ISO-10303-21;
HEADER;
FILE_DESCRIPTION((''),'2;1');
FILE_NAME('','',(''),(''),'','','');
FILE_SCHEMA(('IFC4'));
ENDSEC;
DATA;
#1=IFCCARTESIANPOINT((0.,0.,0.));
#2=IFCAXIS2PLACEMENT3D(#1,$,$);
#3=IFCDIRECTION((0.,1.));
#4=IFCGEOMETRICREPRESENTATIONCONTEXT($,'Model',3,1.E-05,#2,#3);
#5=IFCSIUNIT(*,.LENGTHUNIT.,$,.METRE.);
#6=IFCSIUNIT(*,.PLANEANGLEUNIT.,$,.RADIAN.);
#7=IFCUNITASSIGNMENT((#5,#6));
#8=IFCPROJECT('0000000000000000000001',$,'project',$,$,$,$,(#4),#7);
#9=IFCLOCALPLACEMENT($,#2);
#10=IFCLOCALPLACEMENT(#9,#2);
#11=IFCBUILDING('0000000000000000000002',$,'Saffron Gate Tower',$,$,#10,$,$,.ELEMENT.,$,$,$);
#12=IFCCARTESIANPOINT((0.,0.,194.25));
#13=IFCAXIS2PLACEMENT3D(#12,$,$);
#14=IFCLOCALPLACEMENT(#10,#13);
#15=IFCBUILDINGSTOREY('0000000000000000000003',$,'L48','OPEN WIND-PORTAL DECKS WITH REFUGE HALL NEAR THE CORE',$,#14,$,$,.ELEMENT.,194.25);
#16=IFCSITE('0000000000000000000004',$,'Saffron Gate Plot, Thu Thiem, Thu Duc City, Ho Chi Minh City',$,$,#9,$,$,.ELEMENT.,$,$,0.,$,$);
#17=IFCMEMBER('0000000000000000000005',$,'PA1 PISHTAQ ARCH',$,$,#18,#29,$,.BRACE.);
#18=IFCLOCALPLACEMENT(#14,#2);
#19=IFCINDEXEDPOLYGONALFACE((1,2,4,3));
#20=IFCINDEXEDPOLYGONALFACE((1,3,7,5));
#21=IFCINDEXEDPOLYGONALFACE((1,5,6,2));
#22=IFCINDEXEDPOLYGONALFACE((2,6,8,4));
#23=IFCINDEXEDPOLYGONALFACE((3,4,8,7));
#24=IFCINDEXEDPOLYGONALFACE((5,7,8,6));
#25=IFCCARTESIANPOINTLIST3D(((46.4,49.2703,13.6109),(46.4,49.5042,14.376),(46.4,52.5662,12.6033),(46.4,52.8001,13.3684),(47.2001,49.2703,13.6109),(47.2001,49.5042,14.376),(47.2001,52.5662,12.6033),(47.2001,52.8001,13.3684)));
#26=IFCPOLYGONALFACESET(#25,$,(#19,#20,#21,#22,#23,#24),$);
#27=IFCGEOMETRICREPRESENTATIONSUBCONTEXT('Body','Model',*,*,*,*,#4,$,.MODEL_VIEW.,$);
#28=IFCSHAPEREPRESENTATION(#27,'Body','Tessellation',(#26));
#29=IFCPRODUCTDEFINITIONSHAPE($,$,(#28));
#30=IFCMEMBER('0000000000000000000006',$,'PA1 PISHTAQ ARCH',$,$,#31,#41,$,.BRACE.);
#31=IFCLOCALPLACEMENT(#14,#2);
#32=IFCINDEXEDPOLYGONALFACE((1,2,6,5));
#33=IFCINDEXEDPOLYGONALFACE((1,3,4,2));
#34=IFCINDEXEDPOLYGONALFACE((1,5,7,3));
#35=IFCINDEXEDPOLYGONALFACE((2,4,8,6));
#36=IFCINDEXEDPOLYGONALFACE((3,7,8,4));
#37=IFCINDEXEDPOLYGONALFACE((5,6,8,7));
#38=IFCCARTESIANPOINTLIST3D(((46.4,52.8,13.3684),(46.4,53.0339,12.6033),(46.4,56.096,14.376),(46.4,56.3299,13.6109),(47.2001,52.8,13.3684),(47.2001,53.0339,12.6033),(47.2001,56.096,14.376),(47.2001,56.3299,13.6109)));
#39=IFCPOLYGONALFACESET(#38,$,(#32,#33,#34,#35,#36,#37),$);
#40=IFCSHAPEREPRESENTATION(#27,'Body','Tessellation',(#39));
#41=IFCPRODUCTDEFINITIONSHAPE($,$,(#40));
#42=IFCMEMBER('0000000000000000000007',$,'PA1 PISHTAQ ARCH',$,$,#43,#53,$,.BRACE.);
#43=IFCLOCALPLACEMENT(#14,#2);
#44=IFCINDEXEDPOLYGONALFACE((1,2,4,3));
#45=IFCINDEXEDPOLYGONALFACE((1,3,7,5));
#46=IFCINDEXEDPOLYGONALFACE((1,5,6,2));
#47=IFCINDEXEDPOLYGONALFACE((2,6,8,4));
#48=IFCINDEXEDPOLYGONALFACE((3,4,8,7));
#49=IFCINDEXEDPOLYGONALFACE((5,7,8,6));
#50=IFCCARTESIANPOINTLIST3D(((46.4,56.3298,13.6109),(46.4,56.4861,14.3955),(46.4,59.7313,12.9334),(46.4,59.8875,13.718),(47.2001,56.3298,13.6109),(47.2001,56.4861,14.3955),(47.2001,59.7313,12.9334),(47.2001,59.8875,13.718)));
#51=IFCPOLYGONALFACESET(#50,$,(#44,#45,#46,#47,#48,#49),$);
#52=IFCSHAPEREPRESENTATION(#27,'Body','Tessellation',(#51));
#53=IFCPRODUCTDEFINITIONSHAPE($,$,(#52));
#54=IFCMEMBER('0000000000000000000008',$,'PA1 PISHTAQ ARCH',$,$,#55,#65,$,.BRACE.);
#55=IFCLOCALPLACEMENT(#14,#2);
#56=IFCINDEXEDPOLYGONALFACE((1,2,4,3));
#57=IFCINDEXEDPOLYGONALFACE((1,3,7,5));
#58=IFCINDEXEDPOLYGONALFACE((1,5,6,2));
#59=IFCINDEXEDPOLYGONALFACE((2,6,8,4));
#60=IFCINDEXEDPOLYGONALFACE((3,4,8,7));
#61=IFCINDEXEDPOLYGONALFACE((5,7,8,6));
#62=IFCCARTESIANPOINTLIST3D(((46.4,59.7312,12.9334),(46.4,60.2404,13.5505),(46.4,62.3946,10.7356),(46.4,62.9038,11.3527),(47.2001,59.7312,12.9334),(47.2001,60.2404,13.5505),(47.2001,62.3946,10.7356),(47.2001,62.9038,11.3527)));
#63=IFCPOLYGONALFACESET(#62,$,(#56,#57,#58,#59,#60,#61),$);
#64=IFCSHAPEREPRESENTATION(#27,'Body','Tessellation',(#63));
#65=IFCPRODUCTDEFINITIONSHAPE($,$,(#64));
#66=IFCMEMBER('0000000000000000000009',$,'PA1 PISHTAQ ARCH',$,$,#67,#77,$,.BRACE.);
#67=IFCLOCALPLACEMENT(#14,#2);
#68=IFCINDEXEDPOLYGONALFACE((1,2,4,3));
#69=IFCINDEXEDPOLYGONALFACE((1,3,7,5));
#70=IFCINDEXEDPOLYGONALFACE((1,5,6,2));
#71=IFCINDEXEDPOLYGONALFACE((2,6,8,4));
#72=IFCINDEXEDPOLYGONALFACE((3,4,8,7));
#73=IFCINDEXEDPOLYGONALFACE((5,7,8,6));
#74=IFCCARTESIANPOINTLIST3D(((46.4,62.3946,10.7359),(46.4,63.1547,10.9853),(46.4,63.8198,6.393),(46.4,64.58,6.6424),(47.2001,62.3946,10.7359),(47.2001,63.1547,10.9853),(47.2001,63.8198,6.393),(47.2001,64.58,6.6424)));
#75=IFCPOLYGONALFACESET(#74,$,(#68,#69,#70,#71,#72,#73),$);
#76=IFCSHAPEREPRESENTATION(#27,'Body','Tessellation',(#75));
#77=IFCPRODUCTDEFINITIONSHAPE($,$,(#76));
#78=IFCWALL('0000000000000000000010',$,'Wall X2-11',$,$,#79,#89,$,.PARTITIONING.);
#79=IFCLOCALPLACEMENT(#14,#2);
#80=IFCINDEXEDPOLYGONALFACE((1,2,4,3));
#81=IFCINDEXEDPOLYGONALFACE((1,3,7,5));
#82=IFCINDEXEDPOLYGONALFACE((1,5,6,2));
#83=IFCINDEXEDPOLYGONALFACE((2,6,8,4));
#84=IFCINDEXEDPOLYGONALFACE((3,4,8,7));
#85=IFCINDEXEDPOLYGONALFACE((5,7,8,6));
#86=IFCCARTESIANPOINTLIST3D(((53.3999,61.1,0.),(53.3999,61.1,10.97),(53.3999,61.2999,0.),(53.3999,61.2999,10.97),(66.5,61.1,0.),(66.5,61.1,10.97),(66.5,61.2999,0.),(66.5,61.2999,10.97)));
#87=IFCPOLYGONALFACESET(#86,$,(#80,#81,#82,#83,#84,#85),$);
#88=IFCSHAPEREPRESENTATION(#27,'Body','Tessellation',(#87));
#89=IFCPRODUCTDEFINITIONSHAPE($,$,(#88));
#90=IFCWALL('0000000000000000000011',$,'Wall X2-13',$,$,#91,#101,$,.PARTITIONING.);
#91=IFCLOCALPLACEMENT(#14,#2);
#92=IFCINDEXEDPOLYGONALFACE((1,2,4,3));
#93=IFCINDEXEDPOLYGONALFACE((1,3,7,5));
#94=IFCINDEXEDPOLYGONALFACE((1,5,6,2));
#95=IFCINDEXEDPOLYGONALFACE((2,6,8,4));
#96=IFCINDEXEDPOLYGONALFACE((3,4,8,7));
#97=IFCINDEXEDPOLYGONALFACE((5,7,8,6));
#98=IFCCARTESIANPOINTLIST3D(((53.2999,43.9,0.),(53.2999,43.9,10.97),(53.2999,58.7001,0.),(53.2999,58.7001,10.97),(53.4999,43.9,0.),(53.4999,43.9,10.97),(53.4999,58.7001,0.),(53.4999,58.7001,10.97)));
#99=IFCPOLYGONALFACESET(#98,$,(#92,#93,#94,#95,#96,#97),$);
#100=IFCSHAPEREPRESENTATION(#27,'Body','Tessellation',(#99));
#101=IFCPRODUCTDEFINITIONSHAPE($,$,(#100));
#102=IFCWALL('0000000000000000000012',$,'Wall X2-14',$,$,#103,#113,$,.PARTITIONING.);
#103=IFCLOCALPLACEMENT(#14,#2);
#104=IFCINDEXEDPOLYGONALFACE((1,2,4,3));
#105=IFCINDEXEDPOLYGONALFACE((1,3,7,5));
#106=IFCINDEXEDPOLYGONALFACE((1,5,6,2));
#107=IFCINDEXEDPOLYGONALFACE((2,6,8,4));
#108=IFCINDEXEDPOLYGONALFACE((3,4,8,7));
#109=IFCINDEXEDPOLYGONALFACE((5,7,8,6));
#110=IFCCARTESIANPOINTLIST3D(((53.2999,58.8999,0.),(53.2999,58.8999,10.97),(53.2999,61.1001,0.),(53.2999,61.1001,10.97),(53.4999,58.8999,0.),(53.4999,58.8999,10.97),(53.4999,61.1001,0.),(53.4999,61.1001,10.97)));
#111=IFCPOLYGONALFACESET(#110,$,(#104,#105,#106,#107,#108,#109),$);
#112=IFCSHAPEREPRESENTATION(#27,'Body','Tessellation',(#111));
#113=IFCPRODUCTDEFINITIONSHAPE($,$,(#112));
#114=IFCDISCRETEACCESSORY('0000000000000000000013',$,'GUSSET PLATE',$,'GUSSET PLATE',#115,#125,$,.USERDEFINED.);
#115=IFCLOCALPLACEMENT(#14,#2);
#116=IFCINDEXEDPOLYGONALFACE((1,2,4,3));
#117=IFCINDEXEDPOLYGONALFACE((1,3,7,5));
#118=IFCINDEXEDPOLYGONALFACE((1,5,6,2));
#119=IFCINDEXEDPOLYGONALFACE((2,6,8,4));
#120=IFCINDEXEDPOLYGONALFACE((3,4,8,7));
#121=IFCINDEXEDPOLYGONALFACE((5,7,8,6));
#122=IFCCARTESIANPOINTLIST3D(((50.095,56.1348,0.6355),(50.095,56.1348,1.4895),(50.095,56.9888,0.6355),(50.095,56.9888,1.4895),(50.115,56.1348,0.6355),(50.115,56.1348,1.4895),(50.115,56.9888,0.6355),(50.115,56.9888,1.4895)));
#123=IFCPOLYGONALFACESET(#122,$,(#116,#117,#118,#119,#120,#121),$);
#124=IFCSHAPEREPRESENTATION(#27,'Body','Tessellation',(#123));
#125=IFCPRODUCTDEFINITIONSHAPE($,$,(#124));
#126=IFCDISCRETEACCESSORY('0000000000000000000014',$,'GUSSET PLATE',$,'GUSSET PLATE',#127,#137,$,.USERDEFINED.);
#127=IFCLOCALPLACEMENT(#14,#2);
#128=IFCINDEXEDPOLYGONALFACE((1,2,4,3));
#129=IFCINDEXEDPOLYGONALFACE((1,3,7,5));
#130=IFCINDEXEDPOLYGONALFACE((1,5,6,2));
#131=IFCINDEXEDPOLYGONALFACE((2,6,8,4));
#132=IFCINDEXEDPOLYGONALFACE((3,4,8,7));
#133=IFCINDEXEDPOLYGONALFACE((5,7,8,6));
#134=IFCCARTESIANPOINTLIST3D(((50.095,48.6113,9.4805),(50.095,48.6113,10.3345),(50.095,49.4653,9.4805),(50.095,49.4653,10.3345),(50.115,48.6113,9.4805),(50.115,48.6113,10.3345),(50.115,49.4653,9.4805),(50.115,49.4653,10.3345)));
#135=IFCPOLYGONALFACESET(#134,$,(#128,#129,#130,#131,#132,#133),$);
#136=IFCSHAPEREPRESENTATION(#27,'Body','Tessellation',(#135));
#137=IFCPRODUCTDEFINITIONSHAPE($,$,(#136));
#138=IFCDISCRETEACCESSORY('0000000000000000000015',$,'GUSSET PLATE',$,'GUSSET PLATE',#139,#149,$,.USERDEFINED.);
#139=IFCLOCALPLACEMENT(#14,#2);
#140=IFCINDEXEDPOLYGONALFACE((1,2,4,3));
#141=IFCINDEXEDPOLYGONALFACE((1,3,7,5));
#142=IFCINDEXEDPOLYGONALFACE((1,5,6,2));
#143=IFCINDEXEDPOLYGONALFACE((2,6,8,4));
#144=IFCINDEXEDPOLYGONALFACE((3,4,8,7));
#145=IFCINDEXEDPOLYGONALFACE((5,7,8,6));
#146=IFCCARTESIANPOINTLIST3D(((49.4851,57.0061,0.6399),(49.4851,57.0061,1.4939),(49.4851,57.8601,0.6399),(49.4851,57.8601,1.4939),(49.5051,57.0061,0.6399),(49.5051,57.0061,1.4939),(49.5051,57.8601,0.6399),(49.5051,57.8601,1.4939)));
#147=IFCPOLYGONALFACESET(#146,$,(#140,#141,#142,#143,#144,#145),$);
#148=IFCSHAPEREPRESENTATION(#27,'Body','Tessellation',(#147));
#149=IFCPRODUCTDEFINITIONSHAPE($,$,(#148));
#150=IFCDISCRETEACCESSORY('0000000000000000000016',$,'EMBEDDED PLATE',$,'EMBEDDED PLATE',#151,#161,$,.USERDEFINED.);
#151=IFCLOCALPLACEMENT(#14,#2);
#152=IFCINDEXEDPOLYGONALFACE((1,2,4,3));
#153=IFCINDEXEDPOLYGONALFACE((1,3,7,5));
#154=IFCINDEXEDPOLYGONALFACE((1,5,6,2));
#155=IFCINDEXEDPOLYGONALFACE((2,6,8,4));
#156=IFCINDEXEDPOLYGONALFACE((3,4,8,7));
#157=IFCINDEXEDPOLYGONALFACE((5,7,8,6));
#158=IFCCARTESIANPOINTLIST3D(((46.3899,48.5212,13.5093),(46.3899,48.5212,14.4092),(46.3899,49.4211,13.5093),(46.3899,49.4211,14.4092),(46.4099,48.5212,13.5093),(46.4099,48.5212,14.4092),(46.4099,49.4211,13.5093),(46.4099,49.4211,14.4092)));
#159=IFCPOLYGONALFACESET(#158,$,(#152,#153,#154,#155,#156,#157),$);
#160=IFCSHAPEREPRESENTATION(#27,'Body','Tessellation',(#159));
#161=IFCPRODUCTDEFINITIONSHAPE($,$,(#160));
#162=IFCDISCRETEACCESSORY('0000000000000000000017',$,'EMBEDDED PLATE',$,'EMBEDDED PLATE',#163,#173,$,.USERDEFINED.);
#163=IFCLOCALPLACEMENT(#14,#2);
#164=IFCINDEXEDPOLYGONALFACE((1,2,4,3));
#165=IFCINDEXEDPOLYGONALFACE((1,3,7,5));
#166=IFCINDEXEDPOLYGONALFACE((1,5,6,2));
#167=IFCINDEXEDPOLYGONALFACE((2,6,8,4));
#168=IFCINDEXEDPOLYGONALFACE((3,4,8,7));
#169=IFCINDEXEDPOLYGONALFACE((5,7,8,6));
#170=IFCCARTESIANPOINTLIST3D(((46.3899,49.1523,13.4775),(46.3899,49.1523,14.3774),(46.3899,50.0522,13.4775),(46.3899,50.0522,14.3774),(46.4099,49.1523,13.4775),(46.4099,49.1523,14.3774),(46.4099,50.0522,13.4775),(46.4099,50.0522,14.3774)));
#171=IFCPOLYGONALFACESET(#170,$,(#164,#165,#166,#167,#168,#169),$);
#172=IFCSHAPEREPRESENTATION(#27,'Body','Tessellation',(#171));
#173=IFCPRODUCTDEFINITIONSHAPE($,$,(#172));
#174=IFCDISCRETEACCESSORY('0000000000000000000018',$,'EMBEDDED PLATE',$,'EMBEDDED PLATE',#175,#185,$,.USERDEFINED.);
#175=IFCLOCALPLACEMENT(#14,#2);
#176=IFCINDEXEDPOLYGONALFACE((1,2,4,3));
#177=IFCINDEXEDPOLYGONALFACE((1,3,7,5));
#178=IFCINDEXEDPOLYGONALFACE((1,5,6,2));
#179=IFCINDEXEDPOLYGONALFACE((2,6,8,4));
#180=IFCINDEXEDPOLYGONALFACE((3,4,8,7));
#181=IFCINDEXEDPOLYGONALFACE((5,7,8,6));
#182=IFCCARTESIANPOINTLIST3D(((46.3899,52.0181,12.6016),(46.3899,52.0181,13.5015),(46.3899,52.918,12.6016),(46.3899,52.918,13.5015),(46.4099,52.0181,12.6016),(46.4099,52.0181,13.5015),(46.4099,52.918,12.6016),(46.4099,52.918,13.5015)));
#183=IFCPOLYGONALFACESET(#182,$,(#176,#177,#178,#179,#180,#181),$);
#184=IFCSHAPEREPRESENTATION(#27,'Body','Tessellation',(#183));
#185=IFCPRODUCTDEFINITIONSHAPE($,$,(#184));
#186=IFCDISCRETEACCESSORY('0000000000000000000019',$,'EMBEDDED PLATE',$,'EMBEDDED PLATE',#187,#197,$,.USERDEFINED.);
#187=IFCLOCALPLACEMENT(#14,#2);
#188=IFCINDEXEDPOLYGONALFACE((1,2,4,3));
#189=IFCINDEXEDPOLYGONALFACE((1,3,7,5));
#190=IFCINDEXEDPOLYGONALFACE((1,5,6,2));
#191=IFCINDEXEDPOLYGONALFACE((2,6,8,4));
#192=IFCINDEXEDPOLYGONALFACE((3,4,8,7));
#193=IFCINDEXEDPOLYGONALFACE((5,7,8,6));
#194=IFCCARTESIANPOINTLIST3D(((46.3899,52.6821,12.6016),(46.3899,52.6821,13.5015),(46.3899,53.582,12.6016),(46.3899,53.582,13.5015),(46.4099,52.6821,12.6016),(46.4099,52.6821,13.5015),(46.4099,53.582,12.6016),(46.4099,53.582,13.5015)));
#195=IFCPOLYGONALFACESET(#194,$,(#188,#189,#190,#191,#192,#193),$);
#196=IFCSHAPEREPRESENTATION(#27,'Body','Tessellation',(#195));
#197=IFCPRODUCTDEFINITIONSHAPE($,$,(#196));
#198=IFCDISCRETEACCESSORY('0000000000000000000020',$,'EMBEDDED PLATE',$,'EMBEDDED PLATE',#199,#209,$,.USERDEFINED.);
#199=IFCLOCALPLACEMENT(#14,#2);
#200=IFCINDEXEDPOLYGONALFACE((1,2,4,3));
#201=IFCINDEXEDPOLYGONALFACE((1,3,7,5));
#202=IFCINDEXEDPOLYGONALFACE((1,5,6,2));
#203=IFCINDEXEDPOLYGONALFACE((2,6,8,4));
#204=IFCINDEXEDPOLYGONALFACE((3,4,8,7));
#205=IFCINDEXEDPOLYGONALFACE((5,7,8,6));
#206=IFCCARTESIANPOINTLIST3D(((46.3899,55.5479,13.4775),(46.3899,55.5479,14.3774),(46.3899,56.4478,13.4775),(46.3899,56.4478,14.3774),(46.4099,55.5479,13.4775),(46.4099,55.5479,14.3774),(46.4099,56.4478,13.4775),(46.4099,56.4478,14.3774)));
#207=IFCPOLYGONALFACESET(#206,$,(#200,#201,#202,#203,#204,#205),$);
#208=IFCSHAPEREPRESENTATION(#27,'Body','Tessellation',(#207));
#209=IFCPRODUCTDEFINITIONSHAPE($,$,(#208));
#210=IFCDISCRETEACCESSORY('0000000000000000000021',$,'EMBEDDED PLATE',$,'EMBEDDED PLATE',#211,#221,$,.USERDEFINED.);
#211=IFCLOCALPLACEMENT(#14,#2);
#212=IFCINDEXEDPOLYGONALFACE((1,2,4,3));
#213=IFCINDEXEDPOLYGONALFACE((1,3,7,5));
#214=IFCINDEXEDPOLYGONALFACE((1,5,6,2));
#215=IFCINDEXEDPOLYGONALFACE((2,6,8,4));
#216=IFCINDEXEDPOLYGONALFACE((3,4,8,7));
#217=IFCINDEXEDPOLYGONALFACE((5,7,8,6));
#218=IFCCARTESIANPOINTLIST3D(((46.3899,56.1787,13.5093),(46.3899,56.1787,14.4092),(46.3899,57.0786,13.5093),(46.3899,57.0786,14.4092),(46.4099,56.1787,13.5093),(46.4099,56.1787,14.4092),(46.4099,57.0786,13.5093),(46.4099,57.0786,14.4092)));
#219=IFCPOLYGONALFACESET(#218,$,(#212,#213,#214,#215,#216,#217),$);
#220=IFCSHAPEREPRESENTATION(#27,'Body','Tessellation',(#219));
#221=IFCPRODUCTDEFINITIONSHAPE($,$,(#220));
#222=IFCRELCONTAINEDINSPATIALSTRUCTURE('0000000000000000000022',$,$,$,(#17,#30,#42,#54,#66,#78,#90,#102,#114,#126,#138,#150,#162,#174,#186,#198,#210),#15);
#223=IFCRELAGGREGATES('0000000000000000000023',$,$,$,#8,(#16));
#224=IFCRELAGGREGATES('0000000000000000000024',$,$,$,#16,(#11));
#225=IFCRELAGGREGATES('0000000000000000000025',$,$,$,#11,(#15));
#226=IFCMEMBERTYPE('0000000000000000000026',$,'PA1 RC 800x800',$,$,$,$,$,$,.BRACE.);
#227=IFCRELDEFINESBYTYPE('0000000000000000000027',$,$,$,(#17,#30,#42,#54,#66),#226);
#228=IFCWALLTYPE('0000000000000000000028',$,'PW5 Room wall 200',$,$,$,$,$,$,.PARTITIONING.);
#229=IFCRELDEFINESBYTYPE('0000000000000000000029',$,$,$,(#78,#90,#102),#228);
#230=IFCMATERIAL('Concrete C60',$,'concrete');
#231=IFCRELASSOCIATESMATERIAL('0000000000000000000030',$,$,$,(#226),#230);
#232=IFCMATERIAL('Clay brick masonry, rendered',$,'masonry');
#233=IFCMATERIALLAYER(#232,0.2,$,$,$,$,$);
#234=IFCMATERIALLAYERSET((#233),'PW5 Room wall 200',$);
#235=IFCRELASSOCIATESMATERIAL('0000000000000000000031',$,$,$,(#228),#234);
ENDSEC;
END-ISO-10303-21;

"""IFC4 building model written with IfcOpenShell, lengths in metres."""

from ifc_helpers import new_model, si_unit, direction, frame, frame_2d, origin, origin_2d, place, context, subcontext, project, spatial, rectangle, extrude, material, layer, layer_set, material_profile, profile_set, type_object, element, save


model = new_model("IFC4")

# Units and contexts
model_context = context("Model", 3, precision=1e-05, world=origin(), true_north=direction((0.0, 1.0)))
body_context = subcontext(model_context, "Body", "Model", "MODEL_VIEW")
ifc_project = project(units=[si_unit("LENGTHUNIT", "METRE"), si_unit("PLANEANGLEUNIT", "RADIAN")], contexts=[model_context])

# Site, building, storey
site_placement = place(None, origin())
site = spatial("IfcSite", under=ifc_project, at=site_placement, Name="Saffron Gate Plot, Thu Thiem, Thu Duc City, Ho Chi Minh City", CompositionType="ELEMENT", RefElevation=0.0)
building_placement = place(site_placement, origin())
building = spatial("IfcBuilding", under=site, at=building_placement, Name="Saffron Gate Tower", CompositionType="ELEMENT")
storey_placement = place(building_placement, frame((0.0, 0.0, 194.25)))
storey = spatial("IfcBuildingStorey", under=building, at=storey_placement, Name="L48", Description="OPEN WIND-PORTAL DECKS WITH REFUGE HALL NEAR THE CORE", CompositionType="ELEMENT", Elevation=194.25)

# Members
ifc_material_1 = material(Name="Concrete C60", Category="concrete")
ifc_material_profile_1 = material_profile(ifc_material_1, rectangle(XDim=0.8, YDim=0.8, at=origin_2d()))
ifc_profile_set_1 = profile_set([ifc_material_profile_1], Name="Concrete C60")
member_type_1 = type_object("IfcMemberType", Name="PA1 RC 800x800", PredefinedType="BRACE", material=ifc_profile_set_1)
for number, where, z_axis, x_axis, name in (
    (1, (46.8, 49.3872, 13.9934), (0.0, 0.956312, -0.292348), (-1.0, 0.0, 0.0), "PA1 PISHTAQ ARCH"),
    (2, (46.8, 52.917, 12.9858), (0.0, 0.956312, 0.292348), (-1.0, 0.0, 0.0), "PA1 PISHTAQ ARCH"),
):
    element("IfcMember", number, at=place(storey_placement, frame(where, z_axis=z_axis, x_axis=x_axis)), inside=storey, type_object=member_type_1, Name=name, PredefinedType="BRACE", context=body_context, shape_type="SweptSolid", body=[
        extrude(rectangle(XDim=0.8, YDim=0.8, at=origin_2d()), origin(), (0.0, 0.0, 1.0), 3.4465),
    ])
member_1_placement = place(storey_placement, frame((46.8, 56.408, 14.0032), z_axis=(0.0, 0.980735, -0.195344), x_axis=(-1.0, 0.0, 0.0)))
element("IfcMember", 3, at=member_1_placement, inside=storey, type_object=member_type_1, Name="PA1 PISHTAQ ARCH", PredefinedType="BRACE", context=body_context, shape_type="SweptSolid", body=[
    extrude(rectangle(XDim=0.8, YDim=0.8, at=origin_2d()), origin(), (0.0, 0.0, 1.0), 3.4683),
])
member_2_placement = place(storey_placement, frame((46.8, 59.9858, 13.2419), z_axis=(0.0, 0.771301, -0.63647), x_axis=(-1.0, 0.0, 0.0)))
element("IfcMember", 4, at=member_2_placement, inside=storey, type_object=member_type_1, Name="PA1 PISHTAQ ARCH", PredefinedType="BRACE", context=body_context, shape_type="SweptSolid", body=[
    extrude(rectangle(XDim=0.8, YDim=0.8, at=origin_2d()), origin(), (0.0, 0.0, 1.0), 3.4531),
])
member_3_placement = place(storey_placement, frame((46.8, 62.7747, 10.8606), z_axis=(0.0, 0.311818, -0.950142), x_axis=(-1.0, 0.0, 0.0)))
element("IfcMember", 5, at=member_3_placement, inside=storey, type_object=member_type_1, Name="PA1 PISHTAQ ARCH", PredefinedType="BRACE", context=body_context, shape_type="SweptSolid", body=[
    extrude(rectangle(XDim=0.8, YDim=0.8, at=origin_2d()), origin(), (0.0, 0.0, 1.0), 4.5708),
])

# Walls
ifc_material_2 = material(Name="Clay brick masonry, rendered", Category="masonry")
ifc_layer = layer(ifc_material_2, 0.2)
ifc_layer_set = layer_set([ifc_layer], Name="PW5 Room wall 200")
wall_type = type_object("IfcWallType", Name="PW5 Room wall 200", PredefinedType="PARTITIONING", material=ifc_layer_set)
wall_1_placement = place(storey_placement, frame((53.3999, 61.2, 0.0), z_axis=(0.0, 0.0, 1.0), x_axis=(1.0, 0.0, 0.0)))
element("IfcWall", 6, at=wall_1_placement, inside=storey, type_object=wall_type, Name="Wall X2-11", PredefinedType="PARTITIONING", context=body_context, shape_type="SweptSolid", body=[
    extrude(rectangle(XDim=13.1001, YDim=0.2, at=frame_2d((6.55, 0.0))), origin(), (0.0, 0.0, 1.0), 10.97),
])
wall_2_placement = place(storey_placement, frame((53.3999, 58.7, 0.0), z_axis=(0.0, 0.0, 1.0), x_axis=(0.0, -1.0, 0.0)))
element("IfcWall", 7, at=wall_2_placement, inside=storey, type_object=wall_type, Name="Wall X2-13", PredefinedType="PARTITIONING", context=body_context, shape_type="SweptSolid", body=[
    extrude(rectangle(XDim=14.8, YDim=0.2, at=frame_2d((7.3999, 0.0))), origin(), (0.0, 0.0, 1.0), 10.97),
])
wall_3_placement = place(storey_placement, frame((53.3999, 61.1001, 0.0), z_axis=(0.0, 0.0, 1.0), x_axis=(0.0, -1.0, 0.0)))
element("IfcWall", 8, at=wall_3_placement, inside=storey, type_object=wall_type, Name="Wall X2-14", PredefinedType="PARTITIONING", context=body_context, shape_type="SweptSolid", body=[
    extrude(rectangle(XDim=2.2002, YDim=0.2, at=frame_2d((1.1001, 0.0))), origin(), (0.0, 0.0, 1.0), 10.97),
])

# Discrete accessories
for number, where, z_axis, x_axis, name in (
    (9, (50.105, 56.5618, 0.6355), (0.0, 0.0, 1.0), (0.0, -1.0, 0.0), "GUSSET PLATE"),
    (10, (50.105, 49.0383, 9.4805), (0.0, 0.0, 1.0), (0.0, -1.0, 0.0), "GUSSET PLATE"),
    (11, (49.4951, 57.4331, 0.6399), (0.0, 0.0, 1.0), (0.0, 1.0, 0.0), "GUSSET PLATE"),
):
    element("IfcDiscreteAccessory", number, at=place(storey_placement, frame(where, z_axis=z_axis, x_axis=x_axis)), inside=storey, Name=name, ObjectType="GUSSET PLATE", PredefinedType="USERDEFINED", context=body_context, shape_type="SweptSolid", body=[
        extrude(rectangle(XDim=0.854, YDim=0.02, at=origin_2d()), origin(), (0.0, 0.0, 1.0), 0.854),
    ])
for number, where, z_axis, x_axis, name in (
    (12, (46.3999, 48.9712, 13.5093), (0.0, 0.0, 1.0), (0.0, 1.0, 0.0), "EMBEDDED PLATE"),
    (13, (46.3999, 49.6023, 13.4775), (0.0, 0.0, 1.0), (0.0, 1.0, 0.0), "EMBEDDED PLATE"),
    (14, (46.3999, 52.468, 12.6016), (0.0, 0.0, 1.0), (0.0, 1.0, 0.0), "EMBEDDED PLATE"),
    (15, (46.3999, 53.1321, 12.6016), (0.0, 0.0, 1.0), (0.0, 1.0, 0.0), "EMBEDDED PLATE"),
    (16, (46.3999, 55.9978, 13.4775), (0.0, 0.0, 1.0), (0.0, 1.0, 0.0), "EMBEDDED PLATE"),
    (17, (46.3999, 56.6287, 13.5093), (0.0, 0.0, 1.0), (0.0, 1.0, 0.0), "EMBEDDED PLATE"),
):
    element("IfcDiscreteAccessory", number, at=place(storey_placement, frame(where, z_axis=z_axis, x_axis=x_axis)), inside=storey, Name=name, ObjectType="EMBEDDED PLATE", PredefinedType="USERDEFINED", context=body_context, shape_type="SweptSolid", body=[
        extrude(rectangle(XDim=0.8999, YDim=0.02, at=origin_2d()), origin(), (0.0, 0.0, 1.0), 0.8999),
    ])

save(model, "model.ifc")
